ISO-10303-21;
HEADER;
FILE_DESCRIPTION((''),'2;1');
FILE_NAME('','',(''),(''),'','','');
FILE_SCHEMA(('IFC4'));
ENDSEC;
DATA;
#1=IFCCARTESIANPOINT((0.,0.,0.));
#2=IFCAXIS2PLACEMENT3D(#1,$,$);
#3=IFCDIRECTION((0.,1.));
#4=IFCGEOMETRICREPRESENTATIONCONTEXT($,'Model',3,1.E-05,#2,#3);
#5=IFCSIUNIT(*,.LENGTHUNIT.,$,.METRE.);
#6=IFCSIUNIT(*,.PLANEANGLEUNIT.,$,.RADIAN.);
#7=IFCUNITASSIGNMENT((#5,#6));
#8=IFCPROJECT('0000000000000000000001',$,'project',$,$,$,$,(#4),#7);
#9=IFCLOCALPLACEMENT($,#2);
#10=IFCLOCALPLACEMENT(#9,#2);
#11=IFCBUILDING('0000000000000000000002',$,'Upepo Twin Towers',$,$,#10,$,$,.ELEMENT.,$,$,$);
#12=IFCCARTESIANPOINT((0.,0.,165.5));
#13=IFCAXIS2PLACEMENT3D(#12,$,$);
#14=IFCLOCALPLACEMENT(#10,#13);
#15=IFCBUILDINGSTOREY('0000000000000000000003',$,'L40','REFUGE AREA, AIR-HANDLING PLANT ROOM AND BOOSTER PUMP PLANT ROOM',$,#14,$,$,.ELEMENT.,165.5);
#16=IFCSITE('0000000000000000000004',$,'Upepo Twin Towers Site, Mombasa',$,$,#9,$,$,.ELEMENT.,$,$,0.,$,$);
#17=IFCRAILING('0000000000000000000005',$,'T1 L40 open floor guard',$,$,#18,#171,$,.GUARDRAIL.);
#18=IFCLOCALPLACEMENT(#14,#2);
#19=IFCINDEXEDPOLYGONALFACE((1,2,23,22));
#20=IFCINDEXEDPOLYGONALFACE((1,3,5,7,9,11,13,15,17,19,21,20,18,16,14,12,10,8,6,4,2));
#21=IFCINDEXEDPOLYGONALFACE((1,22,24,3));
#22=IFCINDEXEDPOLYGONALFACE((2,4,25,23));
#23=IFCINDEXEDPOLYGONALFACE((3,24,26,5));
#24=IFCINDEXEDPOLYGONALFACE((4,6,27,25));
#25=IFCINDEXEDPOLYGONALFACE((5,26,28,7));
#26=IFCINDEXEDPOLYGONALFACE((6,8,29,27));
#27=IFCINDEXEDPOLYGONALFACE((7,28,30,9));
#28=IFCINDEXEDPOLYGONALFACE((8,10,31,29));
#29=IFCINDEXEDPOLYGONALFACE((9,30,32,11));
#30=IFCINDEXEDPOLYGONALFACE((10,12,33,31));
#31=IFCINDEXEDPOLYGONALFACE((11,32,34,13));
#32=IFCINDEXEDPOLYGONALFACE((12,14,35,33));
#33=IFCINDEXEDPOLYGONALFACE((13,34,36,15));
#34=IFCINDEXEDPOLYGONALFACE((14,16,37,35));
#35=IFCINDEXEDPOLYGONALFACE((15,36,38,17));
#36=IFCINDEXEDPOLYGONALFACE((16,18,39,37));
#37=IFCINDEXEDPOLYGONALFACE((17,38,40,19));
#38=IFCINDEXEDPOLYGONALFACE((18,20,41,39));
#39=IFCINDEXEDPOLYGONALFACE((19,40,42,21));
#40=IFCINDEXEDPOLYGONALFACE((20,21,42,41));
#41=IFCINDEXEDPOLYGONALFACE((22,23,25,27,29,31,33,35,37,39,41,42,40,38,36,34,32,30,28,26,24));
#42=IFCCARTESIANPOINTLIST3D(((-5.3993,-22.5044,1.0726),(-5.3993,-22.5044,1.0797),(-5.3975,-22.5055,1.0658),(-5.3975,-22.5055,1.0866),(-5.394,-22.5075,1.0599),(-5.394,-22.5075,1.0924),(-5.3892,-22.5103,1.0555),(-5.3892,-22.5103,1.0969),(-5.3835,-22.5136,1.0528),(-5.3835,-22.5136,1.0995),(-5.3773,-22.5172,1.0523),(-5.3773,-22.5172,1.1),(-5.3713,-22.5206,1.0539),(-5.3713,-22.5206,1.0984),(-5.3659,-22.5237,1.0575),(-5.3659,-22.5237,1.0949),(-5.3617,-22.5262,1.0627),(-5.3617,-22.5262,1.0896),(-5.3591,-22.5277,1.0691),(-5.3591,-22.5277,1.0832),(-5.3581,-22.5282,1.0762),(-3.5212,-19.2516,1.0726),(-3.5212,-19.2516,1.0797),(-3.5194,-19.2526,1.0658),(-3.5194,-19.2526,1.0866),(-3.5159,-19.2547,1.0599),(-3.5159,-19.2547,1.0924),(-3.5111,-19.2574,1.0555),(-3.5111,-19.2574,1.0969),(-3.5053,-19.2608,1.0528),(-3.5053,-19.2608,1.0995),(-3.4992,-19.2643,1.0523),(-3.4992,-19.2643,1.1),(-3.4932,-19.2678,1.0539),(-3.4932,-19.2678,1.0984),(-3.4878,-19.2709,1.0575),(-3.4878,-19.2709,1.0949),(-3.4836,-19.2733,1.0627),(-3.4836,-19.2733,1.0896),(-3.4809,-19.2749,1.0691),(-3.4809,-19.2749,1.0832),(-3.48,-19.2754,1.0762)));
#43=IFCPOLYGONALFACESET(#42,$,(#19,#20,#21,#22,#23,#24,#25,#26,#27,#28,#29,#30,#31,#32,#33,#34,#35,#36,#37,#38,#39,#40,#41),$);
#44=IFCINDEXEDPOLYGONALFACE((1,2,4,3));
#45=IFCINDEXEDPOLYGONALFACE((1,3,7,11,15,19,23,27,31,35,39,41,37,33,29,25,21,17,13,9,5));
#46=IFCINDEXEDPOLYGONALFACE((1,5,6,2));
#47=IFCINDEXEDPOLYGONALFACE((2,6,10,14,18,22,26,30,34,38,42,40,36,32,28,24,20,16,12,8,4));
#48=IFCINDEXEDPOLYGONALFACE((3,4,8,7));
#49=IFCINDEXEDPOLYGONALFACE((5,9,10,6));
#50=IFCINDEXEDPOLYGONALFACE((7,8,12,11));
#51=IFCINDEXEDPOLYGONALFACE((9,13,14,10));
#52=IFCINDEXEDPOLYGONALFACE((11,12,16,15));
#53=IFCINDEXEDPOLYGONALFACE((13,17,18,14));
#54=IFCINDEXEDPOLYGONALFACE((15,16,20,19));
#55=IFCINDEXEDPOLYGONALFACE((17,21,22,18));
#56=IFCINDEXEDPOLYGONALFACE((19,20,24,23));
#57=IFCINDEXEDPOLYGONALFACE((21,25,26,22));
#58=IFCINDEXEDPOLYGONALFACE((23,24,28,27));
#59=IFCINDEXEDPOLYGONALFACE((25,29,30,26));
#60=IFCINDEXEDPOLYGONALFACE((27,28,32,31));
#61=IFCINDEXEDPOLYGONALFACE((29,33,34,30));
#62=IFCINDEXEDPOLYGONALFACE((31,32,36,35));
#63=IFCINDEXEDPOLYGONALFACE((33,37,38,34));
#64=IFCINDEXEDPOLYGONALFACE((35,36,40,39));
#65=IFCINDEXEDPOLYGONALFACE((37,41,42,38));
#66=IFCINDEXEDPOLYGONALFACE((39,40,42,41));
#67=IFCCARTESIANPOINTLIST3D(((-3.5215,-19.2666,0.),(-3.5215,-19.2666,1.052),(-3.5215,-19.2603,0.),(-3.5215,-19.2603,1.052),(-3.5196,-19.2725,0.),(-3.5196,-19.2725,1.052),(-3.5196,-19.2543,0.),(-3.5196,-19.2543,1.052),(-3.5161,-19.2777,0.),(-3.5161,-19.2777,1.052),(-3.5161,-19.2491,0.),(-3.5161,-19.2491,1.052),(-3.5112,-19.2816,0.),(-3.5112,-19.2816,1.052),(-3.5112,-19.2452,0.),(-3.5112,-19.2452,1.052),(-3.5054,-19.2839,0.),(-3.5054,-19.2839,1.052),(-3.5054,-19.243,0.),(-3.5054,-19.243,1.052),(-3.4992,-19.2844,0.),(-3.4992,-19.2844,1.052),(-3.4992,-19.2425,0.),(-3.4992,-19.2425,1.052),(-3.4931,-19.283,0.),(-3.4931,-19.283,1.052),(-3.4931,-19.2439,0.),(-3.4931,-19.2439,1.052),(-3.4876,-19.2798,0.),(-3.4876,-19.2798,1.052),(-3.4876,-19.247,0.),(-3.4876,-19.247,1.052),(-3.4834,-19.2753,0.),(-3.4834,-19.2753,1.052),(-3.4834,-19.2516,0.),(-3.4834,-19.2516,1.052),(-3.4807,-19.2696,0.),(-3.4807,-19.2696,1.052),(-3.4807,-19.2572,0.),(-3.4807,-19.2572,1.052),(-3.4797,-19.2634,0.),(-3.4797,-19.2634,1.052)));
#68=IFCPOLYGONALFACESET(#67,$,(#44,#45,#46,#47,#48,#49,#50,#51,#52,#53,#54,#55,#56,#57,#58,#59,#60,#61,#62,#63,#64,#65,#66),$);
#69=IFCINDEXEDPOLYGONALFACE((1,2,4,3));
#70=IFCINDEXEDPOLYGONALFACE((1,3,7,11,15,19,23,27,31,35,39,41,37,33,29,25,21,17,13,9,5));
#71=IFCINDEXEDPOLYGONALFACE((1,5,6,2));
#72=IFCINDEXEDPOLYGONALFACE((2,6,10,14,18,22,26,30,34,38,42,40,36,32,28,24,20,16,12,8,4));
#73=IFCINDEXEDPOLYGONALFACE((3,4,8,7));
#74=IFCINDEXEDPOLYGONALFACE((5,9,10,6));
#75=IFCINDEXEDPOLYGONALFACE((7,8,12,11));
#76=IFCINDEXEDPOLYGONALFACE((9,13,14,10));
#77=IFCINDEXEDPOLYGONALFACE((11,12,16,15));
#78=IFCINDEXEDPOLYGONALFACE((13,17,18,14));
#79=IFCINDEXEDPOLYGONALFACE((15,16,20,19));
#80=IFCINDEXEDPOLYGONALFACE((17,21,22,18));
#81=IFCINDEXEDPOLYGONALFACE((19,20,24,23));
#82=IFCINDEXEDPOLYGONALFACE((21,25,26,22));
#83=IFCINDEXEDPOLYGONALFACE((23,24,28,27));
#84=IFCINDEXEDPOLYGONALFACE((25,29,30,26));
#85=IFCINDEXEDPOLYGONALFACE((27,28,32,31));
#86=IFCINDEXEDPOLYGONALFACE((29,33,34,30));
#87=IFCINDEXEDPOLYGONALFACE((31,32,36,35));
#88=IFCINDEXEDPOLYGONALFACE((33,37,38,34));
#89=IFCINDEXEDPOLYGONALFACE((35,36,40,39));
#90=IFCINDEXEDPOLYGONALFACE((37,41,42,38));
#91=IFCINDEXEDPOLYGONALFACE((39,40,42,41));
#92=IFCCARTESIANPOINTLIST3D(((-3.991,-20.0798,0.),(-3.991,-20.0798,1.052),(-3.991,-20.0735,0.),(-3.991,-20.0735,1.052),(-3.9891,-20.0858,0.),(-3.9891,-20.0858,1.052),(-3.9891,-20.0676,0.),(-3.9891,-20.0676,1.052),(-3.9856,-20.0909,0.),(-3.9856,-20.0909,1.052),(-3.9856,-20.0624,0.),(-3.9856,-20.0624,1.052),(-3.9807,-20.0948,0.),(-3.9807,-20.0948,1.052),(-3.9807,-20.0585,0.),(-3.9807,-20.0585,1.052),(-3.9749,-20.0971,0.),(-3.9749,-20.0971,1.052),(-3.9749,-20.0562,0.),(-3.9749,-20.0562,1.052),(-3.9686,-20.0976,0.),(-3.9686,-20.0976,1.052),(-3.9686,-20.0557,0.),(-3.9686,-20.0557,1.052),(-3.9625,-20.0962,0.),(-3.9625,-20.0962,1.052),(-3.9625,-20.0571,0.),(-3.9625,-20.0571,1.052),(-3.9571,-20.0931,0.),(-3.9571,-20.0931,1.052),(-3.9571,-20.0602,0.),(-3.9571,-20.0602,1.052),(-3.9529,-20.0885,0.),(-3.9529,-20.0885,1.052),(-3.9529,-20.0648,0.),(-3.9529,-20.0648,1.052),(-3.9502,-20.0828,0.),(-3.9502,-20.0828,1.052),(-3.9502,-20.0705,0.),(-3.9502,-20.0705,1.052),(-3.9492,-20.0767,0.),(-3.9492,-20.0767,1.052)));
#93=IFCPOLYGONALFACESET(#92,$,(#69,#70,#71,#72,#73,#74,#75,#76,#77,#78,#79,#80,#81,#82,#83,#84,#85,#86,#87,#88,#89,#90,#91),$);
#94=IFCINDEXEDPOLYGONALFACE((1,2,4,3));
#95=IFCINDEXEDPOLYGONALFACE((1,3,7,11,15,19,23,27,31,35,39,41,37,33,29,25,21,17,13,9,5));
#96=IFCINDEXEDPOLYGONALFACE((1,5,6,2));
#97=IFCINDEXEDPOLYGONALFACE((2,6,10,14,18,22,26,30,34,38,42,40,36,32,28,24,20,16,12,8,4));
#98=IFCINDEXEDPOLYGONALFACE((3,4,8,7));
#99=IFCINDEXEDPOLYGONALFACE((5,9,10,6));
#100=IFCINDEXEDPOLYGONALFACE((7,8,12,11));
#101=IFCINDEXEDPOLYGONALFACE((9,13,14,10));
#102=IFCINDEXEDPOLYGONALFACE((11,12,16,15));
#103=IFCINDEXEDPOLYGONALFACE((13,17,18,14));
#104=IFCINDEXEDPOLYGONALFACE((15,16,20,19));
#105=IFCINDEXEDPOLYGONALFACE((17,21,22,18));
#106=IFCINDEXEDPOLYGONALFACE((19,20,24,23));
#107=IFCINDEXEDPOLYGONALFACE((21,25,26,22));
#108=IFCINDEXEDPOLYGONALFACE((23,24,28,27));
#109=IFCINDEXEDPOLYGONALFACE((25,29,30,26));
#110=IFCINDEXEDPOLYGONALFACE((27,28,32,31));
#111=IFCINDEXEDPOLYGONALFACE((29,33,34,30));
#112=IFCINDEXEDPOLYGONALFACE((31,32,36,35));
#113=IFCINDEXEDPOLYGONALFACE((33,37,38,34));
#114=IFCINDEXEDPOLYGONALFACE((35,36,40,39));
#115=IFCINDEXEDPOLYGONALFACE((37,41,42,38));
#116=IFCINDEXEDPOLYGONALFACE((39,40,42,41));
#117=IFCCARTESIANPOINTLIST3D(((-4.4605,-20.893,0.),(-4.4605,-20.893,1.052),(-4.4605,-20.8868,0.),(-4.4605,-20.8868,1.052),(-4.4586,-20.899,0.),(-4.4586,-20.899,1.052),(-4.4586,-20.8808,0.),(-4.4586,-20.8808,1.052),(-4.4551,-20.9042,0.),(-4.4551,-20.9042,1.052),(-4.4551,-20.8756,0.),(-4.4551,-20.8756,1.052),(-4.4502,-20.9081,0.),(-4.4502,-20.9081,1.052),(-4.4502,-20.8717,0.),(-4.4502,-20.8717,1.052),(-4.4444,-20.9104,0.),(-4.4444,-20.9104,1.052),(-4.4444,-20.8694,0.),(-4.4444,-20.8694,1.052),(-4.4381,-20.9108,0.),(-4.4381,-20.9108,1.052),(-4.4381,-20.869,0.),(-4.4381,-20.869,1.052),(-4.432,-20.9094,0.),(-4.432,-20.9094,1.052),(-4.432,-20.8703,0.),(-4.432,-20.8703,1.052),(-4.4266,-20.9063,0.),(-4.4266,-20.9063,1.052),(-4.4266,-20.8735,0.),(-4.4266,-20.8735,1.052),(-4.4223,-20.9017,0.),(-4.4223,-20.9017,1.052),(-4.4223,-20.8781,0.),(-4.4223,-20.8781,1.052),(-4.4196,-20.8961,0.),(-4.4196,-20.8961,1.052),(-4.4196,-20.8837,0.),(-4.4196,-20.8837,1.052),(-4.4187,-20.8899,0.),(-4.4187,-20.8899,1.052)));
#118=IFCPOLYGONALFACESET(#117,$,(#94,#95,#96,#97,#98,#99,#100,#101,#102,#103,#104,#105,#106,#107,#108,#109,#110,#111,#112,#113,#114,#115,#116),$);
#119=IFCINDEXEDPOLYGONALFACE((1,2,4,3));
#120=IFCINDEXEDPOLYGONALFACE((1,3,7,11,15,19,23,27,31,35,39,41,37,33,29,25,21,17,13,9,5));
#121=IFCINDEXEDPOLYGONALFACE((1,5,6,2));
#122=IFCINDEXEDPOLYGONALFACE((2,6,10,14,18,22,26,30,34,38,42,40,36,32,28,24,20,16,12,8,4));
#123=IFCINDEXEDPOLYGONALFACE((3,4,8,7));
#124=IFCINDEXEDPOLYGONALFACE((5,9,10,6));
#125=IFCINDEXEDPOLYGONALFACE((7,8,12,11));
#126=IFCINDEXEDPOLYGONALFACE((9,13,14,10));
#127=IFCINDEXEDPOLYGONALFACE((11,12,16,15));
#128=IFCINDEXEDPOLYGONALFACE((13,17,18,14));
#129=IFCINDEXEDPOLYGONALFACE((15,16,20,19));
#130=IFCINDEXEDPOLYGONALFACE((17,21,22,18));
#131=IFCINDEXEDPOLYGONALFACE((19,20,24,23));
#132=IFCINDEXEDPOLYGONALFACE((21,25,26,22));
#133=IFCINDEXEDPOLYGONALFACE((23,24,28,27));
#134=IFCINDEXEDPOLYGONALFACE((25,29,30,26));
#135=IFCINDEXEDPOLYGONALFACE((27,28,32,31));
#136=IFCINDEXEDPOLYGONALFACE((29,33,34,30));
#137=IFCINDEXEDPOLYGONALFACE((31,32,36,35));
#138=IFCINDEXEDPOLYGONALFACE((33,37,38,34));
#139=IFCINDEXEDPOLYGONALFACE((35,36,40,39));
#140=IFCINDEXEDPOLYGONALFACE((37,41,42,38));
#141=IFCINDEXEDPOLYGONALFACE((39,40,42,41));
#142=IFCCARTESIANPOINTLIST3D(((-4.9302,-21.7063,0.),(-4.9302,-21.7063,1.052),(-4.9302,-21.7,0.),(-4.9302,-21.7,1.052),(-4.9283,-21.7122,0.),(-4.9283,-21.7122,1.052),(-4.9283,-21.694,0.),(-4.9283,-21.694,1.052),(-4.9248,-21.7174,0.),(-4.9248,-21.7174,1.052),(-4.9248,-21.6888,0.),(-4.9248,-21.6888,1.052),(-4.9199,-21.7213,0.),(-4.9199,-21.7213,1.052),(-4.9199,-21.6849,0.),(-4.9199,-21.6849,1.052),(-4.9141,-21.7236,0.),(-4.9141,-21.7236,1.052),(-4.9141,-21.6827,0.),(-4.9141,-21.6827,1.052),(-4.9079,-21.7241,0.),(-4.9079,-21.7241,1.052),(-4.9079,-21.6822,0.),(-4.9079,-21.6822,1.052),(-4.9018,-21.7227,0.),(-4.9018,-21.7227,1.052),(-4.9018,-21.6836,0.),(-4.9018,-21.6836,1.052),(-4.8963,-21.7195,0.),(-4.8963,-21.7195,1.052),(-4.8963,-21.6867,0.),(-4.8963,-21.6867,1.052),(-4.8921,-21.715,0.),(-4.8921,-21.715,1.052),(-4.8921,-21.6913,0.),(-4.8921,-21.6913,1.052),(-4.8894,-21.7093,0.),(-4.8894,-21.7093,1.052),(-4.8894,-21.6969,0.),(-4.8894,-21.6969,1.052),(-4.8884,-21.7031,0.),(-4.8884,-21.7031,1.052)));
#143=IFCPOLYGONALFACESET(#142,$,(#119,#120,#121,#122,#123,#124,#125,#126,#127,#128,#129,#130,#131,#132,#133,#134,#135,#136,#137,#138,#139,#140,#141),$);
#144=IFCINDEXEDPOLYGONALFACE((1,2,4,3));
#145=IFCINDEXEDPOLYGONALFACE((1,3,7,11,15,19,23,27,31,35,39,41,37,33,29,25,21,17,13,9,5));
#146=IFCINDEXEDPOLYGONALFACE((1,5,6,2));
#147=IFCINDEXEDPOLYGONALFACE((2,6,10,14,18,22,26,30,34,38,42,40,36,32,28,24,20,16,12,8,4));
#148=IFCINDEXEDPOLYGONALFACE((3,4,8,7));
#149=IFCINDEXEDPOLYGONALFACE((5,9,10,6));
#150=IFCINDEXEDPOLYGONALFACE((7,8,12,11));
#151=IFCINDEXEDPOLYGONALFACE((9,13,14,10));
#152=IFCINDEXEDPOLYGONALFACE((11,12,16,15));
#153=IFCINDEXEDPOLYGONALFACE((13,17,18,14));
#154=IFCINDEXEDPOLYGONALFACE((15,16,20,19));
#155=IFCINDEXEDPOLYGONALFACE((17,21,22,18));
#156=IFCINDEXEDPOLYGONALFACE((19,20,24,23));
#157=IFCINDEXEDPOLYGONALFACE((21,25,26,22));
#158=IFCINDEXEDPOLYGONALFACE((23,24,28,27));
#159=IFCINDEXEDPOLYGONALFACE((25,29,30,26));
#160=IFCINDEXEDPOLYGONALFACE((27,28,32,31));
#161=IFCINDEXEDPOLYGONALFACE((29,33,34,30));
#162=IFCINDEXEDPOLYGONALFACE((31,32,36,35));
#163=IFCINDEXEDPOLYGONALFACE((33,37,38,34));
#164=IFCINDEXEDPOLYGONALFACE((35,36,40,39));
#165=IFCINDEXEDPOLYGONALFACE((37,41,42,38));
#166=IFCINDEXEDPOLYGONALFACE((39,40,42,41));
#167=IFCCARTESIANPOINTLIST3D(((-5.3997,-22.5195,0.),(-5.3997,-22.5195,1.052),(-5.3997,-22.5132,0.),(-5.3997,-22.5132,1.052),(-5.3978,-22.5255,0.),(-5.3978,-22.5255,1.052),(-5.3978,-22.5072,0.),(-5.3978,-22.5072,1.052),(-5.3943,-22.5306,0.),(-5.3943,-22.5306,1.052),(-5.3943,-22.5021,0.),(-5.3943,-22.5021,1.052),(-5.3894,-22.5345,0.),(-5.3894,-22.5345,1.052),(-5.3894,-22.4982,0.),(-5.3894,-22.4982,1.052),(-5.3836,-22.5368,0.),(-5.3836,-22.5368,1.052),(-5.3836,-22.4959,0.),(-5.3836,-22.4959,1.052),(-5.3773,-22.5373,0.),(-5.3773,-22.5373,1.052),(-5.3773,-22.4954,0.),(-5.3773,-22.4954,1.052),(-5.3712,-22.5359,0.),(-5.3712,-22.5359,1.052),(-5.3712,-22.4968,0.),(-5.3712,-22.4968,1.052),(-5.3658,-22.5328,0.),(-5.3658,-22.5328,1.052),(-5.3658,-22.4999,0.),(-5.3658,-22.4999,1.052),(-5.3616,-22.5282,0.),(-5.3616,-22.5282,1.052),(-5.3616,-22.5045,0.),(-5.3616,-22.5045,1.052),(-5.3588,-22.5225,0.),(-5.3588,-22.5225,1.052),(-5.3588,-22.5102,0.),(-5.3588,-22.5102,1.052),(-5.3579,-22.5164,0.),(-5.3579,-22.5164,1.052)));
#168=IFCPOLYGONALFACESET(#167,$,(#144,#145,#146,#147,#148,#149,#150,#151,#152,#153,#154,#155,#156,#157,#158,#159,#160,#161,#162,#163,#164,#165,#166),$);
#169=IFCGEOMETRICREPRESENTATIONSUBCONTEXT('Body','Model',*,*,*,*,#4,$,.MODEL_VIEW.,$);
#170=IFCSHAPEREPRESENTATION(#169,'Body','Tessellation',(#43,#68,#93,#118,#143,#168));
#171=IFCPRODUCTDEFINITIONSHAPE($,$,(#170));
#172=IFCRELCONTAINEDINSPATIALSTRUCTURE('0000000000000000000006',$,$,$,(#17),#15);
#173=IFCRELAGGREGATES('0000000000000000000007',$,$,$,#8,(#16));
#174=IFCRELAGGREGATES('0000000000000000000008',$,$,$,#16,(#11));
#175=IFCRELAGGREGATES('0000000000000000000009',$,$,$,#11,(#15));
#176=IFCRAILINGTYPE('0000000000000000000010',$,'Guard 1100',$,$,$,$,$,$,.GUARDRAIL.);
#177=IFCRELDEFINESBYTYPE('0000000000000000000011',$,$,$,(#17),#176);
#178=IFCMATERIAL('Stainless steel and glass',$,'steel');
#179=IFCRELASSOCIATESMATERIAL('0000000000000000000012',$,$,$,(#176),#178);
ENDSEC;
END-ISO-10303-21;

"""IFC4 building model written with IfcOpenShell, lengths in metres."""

from ifc_helpers import new_model, si_unit, direction, frame, origin, origin_2d, place, context, subcontext, project, spatial, circle, extrude, material, type_object, element, save


model = new_model("IFC4")

# Units and contexts
model_context = context("Model", 3, precision=1e-05, world=origin(), true_north=direction((0.0, 1.0)))
body_context = subcontext(model_context, "Body", "Model", "MODEL_VIEW")
ifc_project = project(units=[si_unit("LENGTHUNIT", "METRE"), si_unit("PLANEANGLEUNIT", "RADIAN")], contexts=[model_context])

# Site, building, storey
site_placement = place(None, origin())
site = spatial("IfcSite", under=ifc_project, at=site_placement, Name="Upepo Twin Towers Site, Mombasa", CompositionType="ELEMENT", RefElevation=0.0)
building_placement = place(site_placement, origin())
building = spatial("IfcBuilding", under=site, at=building_placement, Name="Upepo Twin Towers", CompositionType="ELEMENT")
storey_placement = place(building_placement, frame((0.0, 0.0, 165.5)))
storey = spatial("IfcBuildingStorey", under=building, at=storey_placement, Name="L40", Description="REFUGE AREA, AIR-HANDLING PLANT ROOM AND BOOSTER PUMP PLANT ROOM", CompositionType="ELEMENT", Elevation=165.5)

# Railing
ifc_material_1 = material(Name="Stainless steel and glass", Category="steel")
railing_type = type_object("IfcRailingType", Name="Guard 1100", PredefinedType="GUARDRAIL", material=ifc_material_1)
for number, where, name in (
    (1, (-3.5007, -19.2634, 0.0), "T1 L40 open floor guard"),
):
    element("IfcRailing", number, at=place(storey_placement, frame(where)), inside=storey, type_object=railing_type, Name=name, PredefinedType="GUARDRAIL", context=body_context, shape_type="SweptSolid", body=[
        extrude(circle(Radius=0.0239, at=origin_2d()), frame((0.0, 0.0, 1.0762), z_axis=(-0.500019, -0.866015, 0.0), x_axis=(0.866015, -0.500019, 0.0)), (0.0, 0.0, 1.0), 3.7561),
        extrude(circle(Radius=0.021, at=origin_2d()), origin(), (0.0, 0.0, 1.0), 1.052),
        extrude(circle(Radius=0.021, at=origin_2d()), frame((-0.4695, -0.8132, 0.0)), (0.0, 0.0, 1.0), 1.052),
        extrude(circle(Radius=0.021, at=origin_2d()), frame((-0.939, -1.6265, 0.0)), (0.0, 0.0, 1.0), 1.052),
        extrude(circle(Radius=0.021, at=origin_2d()), frame((-1.4087, -2.4397, 0.0)), (0.0, 0.0, 1.0), 1.052),
        extrude(circle(Radius=0.021, at=origin_2d()), frame((-1.8782, -3.2529, 0.0)), (0.0, 0.0, 1.0), 1.052),
    ])

save(model, "model.ifc")
